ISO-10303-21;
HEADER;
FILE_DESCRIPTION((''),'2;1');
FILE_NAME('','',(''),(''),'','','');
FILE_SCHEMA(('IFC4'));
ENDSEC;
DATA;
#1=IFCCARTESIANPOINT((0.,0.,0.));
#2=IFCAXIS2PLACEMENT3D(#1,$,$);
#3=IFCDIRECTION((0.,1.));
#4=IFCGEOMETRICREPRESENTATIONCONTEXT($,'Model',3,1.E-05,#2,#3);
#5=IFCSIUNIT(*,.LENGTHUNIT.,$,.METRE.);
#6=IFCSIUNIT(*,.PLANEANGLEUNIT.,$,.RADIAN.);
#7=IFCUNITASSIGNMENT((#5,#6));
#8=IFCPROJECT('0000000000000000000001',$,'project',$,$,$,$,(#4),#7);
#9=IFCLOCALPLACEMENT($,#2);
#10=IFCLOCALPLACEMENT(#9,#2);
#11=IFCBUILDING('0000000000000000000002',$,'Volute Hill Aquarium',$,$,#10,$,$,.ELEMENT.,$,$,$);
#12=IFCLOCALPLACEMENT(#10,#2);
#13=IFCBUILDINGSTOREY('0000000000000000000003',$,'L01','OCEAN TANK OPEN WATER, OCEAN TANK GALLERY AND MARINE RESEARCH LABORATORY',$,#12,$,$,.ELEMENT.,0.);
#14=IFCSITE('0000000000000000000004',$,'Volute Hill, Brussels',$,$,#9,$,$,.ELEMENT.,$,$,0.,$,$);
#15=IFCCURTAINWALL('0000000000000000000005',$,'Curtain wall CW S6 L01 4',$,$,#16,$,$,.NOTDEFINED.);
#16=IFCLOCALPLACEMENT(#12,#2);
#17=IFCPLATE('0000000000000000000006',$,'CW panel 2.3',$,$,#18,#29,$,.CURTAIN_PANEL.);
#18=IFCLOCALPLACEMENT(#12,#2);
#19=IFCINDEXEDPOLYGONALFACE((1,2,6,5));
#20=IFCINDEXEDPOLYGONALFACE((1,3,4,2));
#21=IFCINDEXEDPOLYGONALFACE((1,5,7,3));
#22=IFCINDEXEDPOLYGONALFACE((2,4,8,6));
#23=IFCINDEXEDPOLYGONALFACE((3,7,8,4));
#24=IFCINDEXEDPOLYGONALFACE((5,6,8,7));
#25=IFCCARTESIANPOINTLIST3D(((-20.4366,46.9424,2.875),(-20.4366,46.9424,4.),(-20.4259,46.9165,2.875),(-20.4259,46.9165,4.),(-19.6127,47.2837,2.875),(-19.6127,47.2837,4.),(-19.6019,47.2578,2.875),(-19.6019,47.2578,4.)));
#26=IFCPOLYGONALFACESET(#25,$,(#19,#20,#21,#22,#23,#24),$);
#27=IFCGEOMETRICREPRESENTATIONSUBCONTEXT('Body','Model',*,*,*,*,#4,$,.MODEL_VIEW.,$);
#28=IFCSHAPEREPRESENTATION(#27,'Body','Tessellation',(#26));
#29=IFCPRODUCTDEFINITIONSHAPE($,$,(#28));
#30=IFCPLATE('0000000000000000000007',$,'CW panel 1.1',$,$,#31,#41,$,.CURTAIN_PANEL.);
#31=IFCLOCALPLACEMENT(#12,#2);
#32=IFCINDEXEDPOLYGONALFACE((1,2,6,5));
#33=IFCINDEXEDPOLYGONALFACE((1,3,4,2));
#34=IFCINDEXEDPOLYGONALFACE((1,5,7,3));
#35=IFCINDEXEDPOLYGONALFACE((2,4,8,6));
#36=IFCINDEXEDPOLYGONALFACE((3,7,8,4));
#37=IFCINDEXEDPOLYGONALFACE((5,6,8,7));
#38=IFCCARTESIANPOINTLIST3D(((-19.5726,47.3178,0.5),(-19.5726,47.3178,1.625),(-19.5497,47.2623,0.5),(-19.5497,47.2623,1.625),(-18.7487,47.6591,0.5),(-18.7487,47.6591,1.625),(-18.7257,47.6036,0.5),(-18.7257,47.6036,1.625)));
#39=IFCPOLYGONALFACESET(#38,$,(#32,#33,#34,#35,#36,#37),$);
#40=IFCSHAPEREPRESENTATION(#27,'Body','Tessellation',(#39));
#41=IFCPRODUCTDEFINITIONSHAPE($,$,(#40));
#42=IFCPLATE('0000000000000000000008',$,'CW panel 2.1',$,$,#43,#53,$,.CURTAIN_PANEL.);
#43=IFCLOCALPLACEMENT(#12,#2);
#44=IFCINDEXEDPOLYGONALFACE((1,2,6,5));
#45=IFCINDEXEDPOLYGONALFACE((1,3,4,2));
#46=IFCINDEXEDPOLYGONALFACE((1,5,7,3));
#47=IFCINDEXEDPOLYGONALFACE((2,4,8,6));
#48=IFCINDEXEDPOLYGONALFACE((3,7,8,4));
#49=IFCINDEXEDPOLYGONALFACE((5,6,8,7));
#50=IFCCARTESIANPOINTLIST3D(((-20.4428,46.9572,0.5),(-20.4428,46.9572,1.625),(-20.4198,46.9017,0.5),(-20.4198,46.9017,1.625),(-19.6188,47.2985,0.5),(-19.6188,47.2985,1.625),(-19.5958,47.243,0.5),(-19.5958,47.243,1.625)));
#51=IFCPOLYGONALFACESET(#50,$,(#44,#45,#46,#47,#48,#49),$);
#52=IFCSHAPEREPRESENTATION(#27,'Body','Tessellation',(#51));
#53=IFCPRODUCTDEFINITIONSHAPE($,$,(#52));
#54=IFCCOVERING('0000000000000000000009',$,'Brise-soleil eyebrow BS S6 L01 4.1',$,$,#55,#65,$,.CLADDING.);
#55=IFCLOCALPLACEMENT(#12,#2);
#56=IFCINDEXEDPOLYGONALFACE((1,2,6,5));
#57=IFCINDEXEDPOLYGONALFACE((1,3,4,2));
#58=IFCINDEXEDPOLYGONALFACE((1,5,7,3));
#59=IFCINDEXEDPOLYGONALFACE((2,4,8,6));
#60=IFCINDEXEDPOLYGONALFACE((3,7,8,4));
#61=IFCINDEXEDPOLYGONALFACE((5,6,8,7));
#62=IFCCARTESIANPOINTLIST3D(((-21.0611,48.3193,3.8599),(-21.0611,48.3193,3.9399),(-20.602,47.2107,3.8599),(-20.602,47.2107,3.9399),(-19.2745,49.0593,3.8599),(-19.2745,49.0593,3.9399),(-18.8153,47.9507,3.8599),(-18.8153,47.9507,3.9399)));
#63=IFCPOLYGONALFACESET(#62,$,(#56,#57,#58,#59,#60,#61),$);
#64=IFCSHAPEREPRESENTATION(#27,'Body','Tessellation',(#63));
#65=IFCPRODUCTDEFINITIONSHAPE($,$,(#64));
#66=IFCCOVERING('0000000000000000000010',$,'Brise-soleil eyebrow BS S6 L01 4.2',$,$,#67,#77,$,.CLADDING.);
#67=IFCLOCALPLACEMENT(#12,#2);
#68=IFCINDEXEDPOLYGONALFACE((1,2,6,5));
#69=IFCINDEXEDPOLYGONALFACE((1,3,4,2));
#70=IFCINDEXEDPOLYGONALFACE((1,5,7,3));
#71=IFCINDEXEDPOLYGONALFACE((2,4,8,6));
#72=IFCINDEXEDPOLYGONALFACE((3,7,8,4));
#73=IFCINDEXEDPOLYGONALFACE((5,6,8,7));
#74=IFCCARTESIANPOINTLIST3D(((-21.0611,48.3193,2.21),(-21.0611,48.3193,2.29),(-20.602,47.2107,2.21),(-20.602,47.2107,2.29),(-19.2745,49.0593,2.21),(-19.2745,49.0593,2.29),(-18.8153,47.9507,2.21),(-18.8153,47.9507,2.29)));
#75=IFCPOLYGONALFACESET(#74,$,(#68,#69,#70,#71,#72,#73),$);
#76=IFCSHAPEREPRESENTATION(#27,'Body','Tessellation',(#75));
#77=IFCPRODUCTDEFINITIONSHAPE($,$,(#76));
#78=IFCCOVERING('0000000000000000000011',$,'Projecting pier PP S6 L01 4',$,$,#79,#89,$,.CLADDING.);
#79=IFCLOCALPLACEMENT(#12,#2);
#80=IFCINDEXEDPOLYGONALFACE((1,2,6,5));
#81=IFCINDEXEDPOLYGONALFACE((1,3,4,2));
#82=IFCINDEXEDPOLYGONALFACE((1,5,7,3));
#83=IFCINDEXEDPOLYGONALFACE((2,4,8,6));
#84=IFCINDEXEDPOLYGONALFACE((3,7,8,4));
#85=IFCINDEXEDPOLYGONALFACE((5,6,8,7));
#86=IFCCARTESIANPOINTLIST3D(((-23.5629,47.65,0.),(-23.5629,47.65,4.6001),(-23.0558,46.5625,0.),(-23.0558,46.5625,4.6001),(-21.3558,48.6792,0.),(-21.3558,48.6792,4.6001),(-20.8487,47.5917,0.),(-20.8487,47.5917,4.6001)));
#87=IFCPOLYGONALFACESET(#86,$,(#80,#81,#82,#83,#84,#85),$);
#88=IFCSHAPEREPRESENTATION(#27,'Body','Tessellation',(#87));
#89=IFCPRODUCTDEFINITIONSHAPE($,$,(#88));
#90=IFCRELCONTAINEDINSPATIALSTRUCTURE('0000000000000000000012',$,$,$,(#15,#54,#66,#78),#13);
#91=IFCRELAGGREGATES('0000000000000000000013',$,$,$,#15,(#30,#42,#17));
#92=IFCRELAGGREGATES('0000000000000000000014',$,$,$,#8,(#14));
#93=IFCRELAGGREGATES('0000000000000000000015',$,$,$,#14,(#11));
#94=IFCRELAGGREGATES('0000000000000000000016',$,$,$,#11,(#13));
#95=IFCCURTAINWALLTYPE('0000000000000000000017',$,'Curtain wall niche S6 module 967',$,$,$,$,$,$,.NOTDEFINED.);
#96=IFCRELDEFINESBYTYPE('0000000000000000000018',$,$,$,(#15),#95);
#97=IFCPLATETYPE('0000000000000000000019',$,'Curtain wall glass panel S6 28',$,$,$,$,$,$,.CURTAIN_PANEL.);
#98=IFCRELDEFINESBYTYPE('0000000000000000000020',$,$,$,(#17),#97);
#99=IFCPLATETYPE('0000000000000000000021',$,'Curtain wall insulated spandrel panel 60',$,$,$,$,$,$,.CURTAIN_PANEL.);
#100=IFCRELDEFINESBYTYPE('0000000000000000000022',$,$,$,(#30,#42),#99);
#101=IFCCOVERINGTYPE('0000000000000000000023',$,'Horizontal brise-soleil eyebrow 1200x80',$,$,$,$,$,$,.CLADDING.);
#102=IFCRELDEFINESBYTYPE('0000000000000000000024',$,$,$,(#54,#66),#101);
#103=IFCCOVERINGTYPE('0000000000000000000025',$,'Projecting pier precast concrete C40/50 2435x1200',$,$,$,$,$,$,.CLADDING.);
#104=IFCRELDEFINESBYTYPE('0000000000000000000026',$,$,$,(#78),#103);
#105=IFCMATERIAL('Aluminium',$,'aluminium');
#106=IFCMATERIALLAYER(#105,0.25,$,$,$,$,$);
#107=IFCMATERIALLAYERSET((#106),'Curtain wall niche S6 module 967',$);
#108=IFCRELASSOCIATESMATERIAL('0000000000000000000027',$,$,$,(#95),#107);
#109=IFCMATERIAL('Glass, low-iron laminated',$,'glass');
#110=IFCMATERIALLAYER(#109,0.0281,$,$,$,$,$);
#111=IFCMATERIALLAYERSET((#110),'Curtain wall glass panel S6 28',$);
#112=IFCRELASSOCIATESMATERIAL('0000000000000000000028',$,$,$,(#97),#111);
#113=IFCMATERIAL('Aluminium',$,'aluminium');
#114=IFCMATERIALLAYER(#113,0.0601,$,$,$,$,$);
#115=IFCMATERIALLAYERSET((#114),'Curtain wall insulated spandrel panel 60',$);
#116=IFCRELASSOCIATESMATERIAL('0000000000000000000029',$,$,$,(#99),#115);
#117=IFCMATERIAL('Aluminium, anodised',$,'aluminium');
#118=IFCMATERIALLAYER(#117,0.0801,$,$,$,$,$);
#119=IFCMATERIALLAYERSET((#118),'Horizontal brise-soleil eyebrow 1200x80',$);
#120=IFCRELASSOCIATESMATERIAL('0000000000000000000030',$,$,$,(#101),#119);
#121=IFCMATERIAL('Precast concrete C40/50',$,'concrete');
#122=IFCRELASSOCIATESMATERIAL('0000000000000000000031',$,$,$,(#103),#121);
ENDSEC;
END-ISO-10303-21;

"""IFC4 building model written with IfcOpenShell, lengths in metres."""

from ifc_helpers import new_model, si_unit, direction, frame, origin, origin_2d, place, context, subcontext, project, spatial, rectangle, extrude, material, layer, layer_set, type_object, element, aggregate, save


model = new_model("IFC4")

# Units and contexts
model_context = context("Model", 3, precision=1e-05, world=origin(), true_north=direction((0.0, 1.0)))
body_context = subcontext(model_context, "Body", "Model", "MODEL_VIEW")
ifc_project = project(units=[si_unit("LENGTHUNIT", "METRE"), si_unit("PLANEANGLEUNIT", "RADIAN")], contexts=[model_context])

# Site, building, storey
site_placement = place(None, origin())
site = spatial("IfcSite", under=ifc_project, at=site_placement, Name="Volute Hill, Brussels", CompositionType="ELEMENT", RefElevation=0.0)
building_placement = place(site_placement, origin())
building = spatial("IfcBuilding", under=site, at=building_placement, Name="Volute Hill Aquarium", CompositionType="ELEMENT")
storey_placement = place(building_placement, origin())
storey = spatial("IfcBuildingStorey", under=building, at=storey_placement, Name="L01", Description="OCEAN TANK OPEN WATER, OCEAN TANK GALLERY AND MARINE RESEARCH LABORATORY", CompositionType="ELEMENT", Elevation=0.0)

# Curtain wall
ifc_material_1 = material(Name="Aluminium", Category="aluminium")
ifc_layer_1 = layer(ifc_material_1, 0.25)
ifc_layer_set_1 = layer_set([ifc_layer_1], Name="Curtain wall niche S6 module 967")
curtain_wall_type = type_object("IfcCurtainWallType", Name="Curtain wall niche S6 module 967", PredefinedType="NOTDEFINED", material=ifc_layer_set_1)
curtain_wall_1_placement = place(storey_placement, origin())
curtain_wall_1 = element("IfcCurtainWall", 1, at=curtain_wall_1_placement, inside=storey, type_object=curtain_wall_type, Name="Curtain wall CW S6 L01 4", PredefinedType="NOTDEFINED")

# Plates
ifc_material_2 = material(Name="Glass, low-iron laminated", Category="glass")
ifc_layer_2 = layer(ifc_material_2, 0.0281)
ifc_layer_set_2 = layer_set([ifc_layer_2], Name="Curtain wall glass panel S6 28")
plate_type_1 = type_object("IfcPlateType", Name="Curtain wall glass panel S6 28", PredefinedType="CURTAIN_PANEL", material=ifc_layer_set_2)
plate_1_placement = place(storey_placement, frame((-20.0193, 47.1001, 2.875), z_axis=(0.0, 0.0, 1.0), x_axis=(-0.923881, -0.38268, 0.0)))
plate_1 = element("IfcPlate", 2, at=plate_1_placement, type_object=plate_type_1, Name="CW panel 2.3", PredefinedType="CURTAIN_PANEL", context=body_context, shape_type="SweptSolid", body=[
    extrude(rectangle(XDim=0.8918, YDim=0.0281, at=origin_2d()), origin(), (0.0, 0.0, 1.0), 1.125),
])
ifc_material_3 = material(Name="Aluminium", Category="aluminium")
ifc_layer_3 = layer(ifc_material_3, 0.0601)
ifc_layer_set_3 = layer_set([ifc_layer_3], Name="Curtain wall insulated spandrel panel 60")
plate_type_2 = type_object("IfcPlateType", Name="Curtain wall insulated spandrel panel 60", PredefinedType="CURTAIN_PANEL", material=ifc_layer_set_3)
plate_2_placement = place(storey_placement, frame((-19.1492, 47.4607, 0.5), z_axis=(0.0, 0.0, 1.0), x_axis=(-0.923881, -0.38268, 0.0)))
plate_2 = element("IfcPlate", 3, at=plate_2_placement, type_object=plate_type_2, Name="CW panel 1.1", PredefinedType="CURTAIN_PANEL", context=body_context, shape_type="SweptSolid", body=[
    extrude(rectangle(XDim=0.8918, YDim=0.0601, at=origin_2d()), origin(), (0.0, 0.0, 1.0), 1.125),
])
plate_3_placement = place(storey_placement, frame((-20.0193, 47.1001, 0.5), z_axis=(0.0, 0.0, 1.0), x_axis=(-0.923881, -0.38268, 0.0)))
plate_3 = element("IfcPlate", 4, at=plate_3_placement, type_object=plate_type_2, Name="CW panel 2.1", PredefinedType="CURTAIN_PANEL", context=body_context, shape_type="SweptSolid", body=[
    extrude(rectangle(XDim=0.8918, YDim=0.0601, at=origin_2d()), origin(), (0.0, 0.0, 1.0), 1.125),
])
aggregate(curtain_wall_1, [plate_2, plate_3, plate_1])

# Coverings
ifc_material_4 = material(Name="Aluminium, anodised", Category="aluminium")
ifc_layer_4 = layer(ifc_material_4, 0.0801)
ifc_layer_set_4 = layer_set([ifc_layer_4], Name="Horizontal brise-soleil eyebrow 1200x80")
covering_type_1 = type_object("IfcCoveringType", Name="Horizontal brise-soleil eyebrow 1200x80", PredefinedType="CLADDING", material=ifc_layer_set_4)
for number, where, z_axis, x_axis, name in (
    (5, (-19.9382, 48.135, 3.8599), (0.0, 0.0, 1.0), (-0.923881, -0.38268, 0.0), "Brise-soleil eyebrow BS S6 L01 4.1"),
    (6, (-19.9382, 48.135, 2.21), (0.0, 0.0, 1.0), (-0.923881, -0.38268, 0.0), "Brise-soleil eyebrow BS S6 L01 4.2"),
):
    element("IfcCovering", number, at=place(storey_placement, frame(where, z_axis=z_axis, x_axis=x_axis)), inside=storey, type_object=covering_type_1, Name=name, PredefinedType="CLADDING", context=body_context, shape_type="SweptSolid", body=[
        extrude(rectangle(XDim=1.9338, YDim=1.2, at=origin_2d()), origin(), (0.0, 0.0, 1.0), 0.0801),
    ])
ifc_material_5 = material(Name="Precast concrete C40/50", Category="concrete")
covering_type_2 = type_object("IfcCoveringType", Name="Projecting pier precast concrete C40/50 2435x1200", PredefinedType="CLADDING", material=ifc_material_5)
covering_placement = place(storey_placement, frame((-22.2058, 47.6208, 0.0), z_axis=(0.0, 0.0, 1.0), x_axis=(-0.906308, -0.422618, 0.0)))
element("IfcCovering", 7, at=covering_placement, inside=storey, type_object=covering_type_2, Name="Projecting pier PP S6 L01 4", PredefinedType="CLADDING", context=body_context, shape_type="SweptSolid", body=[
    extrude(rectangle(XDim=2.4353, YDim=1.2, at=origin_2d()), origin(), (0.0, 0.0, 1.0), 4.6001),
])

save(model, "model.ifc")
